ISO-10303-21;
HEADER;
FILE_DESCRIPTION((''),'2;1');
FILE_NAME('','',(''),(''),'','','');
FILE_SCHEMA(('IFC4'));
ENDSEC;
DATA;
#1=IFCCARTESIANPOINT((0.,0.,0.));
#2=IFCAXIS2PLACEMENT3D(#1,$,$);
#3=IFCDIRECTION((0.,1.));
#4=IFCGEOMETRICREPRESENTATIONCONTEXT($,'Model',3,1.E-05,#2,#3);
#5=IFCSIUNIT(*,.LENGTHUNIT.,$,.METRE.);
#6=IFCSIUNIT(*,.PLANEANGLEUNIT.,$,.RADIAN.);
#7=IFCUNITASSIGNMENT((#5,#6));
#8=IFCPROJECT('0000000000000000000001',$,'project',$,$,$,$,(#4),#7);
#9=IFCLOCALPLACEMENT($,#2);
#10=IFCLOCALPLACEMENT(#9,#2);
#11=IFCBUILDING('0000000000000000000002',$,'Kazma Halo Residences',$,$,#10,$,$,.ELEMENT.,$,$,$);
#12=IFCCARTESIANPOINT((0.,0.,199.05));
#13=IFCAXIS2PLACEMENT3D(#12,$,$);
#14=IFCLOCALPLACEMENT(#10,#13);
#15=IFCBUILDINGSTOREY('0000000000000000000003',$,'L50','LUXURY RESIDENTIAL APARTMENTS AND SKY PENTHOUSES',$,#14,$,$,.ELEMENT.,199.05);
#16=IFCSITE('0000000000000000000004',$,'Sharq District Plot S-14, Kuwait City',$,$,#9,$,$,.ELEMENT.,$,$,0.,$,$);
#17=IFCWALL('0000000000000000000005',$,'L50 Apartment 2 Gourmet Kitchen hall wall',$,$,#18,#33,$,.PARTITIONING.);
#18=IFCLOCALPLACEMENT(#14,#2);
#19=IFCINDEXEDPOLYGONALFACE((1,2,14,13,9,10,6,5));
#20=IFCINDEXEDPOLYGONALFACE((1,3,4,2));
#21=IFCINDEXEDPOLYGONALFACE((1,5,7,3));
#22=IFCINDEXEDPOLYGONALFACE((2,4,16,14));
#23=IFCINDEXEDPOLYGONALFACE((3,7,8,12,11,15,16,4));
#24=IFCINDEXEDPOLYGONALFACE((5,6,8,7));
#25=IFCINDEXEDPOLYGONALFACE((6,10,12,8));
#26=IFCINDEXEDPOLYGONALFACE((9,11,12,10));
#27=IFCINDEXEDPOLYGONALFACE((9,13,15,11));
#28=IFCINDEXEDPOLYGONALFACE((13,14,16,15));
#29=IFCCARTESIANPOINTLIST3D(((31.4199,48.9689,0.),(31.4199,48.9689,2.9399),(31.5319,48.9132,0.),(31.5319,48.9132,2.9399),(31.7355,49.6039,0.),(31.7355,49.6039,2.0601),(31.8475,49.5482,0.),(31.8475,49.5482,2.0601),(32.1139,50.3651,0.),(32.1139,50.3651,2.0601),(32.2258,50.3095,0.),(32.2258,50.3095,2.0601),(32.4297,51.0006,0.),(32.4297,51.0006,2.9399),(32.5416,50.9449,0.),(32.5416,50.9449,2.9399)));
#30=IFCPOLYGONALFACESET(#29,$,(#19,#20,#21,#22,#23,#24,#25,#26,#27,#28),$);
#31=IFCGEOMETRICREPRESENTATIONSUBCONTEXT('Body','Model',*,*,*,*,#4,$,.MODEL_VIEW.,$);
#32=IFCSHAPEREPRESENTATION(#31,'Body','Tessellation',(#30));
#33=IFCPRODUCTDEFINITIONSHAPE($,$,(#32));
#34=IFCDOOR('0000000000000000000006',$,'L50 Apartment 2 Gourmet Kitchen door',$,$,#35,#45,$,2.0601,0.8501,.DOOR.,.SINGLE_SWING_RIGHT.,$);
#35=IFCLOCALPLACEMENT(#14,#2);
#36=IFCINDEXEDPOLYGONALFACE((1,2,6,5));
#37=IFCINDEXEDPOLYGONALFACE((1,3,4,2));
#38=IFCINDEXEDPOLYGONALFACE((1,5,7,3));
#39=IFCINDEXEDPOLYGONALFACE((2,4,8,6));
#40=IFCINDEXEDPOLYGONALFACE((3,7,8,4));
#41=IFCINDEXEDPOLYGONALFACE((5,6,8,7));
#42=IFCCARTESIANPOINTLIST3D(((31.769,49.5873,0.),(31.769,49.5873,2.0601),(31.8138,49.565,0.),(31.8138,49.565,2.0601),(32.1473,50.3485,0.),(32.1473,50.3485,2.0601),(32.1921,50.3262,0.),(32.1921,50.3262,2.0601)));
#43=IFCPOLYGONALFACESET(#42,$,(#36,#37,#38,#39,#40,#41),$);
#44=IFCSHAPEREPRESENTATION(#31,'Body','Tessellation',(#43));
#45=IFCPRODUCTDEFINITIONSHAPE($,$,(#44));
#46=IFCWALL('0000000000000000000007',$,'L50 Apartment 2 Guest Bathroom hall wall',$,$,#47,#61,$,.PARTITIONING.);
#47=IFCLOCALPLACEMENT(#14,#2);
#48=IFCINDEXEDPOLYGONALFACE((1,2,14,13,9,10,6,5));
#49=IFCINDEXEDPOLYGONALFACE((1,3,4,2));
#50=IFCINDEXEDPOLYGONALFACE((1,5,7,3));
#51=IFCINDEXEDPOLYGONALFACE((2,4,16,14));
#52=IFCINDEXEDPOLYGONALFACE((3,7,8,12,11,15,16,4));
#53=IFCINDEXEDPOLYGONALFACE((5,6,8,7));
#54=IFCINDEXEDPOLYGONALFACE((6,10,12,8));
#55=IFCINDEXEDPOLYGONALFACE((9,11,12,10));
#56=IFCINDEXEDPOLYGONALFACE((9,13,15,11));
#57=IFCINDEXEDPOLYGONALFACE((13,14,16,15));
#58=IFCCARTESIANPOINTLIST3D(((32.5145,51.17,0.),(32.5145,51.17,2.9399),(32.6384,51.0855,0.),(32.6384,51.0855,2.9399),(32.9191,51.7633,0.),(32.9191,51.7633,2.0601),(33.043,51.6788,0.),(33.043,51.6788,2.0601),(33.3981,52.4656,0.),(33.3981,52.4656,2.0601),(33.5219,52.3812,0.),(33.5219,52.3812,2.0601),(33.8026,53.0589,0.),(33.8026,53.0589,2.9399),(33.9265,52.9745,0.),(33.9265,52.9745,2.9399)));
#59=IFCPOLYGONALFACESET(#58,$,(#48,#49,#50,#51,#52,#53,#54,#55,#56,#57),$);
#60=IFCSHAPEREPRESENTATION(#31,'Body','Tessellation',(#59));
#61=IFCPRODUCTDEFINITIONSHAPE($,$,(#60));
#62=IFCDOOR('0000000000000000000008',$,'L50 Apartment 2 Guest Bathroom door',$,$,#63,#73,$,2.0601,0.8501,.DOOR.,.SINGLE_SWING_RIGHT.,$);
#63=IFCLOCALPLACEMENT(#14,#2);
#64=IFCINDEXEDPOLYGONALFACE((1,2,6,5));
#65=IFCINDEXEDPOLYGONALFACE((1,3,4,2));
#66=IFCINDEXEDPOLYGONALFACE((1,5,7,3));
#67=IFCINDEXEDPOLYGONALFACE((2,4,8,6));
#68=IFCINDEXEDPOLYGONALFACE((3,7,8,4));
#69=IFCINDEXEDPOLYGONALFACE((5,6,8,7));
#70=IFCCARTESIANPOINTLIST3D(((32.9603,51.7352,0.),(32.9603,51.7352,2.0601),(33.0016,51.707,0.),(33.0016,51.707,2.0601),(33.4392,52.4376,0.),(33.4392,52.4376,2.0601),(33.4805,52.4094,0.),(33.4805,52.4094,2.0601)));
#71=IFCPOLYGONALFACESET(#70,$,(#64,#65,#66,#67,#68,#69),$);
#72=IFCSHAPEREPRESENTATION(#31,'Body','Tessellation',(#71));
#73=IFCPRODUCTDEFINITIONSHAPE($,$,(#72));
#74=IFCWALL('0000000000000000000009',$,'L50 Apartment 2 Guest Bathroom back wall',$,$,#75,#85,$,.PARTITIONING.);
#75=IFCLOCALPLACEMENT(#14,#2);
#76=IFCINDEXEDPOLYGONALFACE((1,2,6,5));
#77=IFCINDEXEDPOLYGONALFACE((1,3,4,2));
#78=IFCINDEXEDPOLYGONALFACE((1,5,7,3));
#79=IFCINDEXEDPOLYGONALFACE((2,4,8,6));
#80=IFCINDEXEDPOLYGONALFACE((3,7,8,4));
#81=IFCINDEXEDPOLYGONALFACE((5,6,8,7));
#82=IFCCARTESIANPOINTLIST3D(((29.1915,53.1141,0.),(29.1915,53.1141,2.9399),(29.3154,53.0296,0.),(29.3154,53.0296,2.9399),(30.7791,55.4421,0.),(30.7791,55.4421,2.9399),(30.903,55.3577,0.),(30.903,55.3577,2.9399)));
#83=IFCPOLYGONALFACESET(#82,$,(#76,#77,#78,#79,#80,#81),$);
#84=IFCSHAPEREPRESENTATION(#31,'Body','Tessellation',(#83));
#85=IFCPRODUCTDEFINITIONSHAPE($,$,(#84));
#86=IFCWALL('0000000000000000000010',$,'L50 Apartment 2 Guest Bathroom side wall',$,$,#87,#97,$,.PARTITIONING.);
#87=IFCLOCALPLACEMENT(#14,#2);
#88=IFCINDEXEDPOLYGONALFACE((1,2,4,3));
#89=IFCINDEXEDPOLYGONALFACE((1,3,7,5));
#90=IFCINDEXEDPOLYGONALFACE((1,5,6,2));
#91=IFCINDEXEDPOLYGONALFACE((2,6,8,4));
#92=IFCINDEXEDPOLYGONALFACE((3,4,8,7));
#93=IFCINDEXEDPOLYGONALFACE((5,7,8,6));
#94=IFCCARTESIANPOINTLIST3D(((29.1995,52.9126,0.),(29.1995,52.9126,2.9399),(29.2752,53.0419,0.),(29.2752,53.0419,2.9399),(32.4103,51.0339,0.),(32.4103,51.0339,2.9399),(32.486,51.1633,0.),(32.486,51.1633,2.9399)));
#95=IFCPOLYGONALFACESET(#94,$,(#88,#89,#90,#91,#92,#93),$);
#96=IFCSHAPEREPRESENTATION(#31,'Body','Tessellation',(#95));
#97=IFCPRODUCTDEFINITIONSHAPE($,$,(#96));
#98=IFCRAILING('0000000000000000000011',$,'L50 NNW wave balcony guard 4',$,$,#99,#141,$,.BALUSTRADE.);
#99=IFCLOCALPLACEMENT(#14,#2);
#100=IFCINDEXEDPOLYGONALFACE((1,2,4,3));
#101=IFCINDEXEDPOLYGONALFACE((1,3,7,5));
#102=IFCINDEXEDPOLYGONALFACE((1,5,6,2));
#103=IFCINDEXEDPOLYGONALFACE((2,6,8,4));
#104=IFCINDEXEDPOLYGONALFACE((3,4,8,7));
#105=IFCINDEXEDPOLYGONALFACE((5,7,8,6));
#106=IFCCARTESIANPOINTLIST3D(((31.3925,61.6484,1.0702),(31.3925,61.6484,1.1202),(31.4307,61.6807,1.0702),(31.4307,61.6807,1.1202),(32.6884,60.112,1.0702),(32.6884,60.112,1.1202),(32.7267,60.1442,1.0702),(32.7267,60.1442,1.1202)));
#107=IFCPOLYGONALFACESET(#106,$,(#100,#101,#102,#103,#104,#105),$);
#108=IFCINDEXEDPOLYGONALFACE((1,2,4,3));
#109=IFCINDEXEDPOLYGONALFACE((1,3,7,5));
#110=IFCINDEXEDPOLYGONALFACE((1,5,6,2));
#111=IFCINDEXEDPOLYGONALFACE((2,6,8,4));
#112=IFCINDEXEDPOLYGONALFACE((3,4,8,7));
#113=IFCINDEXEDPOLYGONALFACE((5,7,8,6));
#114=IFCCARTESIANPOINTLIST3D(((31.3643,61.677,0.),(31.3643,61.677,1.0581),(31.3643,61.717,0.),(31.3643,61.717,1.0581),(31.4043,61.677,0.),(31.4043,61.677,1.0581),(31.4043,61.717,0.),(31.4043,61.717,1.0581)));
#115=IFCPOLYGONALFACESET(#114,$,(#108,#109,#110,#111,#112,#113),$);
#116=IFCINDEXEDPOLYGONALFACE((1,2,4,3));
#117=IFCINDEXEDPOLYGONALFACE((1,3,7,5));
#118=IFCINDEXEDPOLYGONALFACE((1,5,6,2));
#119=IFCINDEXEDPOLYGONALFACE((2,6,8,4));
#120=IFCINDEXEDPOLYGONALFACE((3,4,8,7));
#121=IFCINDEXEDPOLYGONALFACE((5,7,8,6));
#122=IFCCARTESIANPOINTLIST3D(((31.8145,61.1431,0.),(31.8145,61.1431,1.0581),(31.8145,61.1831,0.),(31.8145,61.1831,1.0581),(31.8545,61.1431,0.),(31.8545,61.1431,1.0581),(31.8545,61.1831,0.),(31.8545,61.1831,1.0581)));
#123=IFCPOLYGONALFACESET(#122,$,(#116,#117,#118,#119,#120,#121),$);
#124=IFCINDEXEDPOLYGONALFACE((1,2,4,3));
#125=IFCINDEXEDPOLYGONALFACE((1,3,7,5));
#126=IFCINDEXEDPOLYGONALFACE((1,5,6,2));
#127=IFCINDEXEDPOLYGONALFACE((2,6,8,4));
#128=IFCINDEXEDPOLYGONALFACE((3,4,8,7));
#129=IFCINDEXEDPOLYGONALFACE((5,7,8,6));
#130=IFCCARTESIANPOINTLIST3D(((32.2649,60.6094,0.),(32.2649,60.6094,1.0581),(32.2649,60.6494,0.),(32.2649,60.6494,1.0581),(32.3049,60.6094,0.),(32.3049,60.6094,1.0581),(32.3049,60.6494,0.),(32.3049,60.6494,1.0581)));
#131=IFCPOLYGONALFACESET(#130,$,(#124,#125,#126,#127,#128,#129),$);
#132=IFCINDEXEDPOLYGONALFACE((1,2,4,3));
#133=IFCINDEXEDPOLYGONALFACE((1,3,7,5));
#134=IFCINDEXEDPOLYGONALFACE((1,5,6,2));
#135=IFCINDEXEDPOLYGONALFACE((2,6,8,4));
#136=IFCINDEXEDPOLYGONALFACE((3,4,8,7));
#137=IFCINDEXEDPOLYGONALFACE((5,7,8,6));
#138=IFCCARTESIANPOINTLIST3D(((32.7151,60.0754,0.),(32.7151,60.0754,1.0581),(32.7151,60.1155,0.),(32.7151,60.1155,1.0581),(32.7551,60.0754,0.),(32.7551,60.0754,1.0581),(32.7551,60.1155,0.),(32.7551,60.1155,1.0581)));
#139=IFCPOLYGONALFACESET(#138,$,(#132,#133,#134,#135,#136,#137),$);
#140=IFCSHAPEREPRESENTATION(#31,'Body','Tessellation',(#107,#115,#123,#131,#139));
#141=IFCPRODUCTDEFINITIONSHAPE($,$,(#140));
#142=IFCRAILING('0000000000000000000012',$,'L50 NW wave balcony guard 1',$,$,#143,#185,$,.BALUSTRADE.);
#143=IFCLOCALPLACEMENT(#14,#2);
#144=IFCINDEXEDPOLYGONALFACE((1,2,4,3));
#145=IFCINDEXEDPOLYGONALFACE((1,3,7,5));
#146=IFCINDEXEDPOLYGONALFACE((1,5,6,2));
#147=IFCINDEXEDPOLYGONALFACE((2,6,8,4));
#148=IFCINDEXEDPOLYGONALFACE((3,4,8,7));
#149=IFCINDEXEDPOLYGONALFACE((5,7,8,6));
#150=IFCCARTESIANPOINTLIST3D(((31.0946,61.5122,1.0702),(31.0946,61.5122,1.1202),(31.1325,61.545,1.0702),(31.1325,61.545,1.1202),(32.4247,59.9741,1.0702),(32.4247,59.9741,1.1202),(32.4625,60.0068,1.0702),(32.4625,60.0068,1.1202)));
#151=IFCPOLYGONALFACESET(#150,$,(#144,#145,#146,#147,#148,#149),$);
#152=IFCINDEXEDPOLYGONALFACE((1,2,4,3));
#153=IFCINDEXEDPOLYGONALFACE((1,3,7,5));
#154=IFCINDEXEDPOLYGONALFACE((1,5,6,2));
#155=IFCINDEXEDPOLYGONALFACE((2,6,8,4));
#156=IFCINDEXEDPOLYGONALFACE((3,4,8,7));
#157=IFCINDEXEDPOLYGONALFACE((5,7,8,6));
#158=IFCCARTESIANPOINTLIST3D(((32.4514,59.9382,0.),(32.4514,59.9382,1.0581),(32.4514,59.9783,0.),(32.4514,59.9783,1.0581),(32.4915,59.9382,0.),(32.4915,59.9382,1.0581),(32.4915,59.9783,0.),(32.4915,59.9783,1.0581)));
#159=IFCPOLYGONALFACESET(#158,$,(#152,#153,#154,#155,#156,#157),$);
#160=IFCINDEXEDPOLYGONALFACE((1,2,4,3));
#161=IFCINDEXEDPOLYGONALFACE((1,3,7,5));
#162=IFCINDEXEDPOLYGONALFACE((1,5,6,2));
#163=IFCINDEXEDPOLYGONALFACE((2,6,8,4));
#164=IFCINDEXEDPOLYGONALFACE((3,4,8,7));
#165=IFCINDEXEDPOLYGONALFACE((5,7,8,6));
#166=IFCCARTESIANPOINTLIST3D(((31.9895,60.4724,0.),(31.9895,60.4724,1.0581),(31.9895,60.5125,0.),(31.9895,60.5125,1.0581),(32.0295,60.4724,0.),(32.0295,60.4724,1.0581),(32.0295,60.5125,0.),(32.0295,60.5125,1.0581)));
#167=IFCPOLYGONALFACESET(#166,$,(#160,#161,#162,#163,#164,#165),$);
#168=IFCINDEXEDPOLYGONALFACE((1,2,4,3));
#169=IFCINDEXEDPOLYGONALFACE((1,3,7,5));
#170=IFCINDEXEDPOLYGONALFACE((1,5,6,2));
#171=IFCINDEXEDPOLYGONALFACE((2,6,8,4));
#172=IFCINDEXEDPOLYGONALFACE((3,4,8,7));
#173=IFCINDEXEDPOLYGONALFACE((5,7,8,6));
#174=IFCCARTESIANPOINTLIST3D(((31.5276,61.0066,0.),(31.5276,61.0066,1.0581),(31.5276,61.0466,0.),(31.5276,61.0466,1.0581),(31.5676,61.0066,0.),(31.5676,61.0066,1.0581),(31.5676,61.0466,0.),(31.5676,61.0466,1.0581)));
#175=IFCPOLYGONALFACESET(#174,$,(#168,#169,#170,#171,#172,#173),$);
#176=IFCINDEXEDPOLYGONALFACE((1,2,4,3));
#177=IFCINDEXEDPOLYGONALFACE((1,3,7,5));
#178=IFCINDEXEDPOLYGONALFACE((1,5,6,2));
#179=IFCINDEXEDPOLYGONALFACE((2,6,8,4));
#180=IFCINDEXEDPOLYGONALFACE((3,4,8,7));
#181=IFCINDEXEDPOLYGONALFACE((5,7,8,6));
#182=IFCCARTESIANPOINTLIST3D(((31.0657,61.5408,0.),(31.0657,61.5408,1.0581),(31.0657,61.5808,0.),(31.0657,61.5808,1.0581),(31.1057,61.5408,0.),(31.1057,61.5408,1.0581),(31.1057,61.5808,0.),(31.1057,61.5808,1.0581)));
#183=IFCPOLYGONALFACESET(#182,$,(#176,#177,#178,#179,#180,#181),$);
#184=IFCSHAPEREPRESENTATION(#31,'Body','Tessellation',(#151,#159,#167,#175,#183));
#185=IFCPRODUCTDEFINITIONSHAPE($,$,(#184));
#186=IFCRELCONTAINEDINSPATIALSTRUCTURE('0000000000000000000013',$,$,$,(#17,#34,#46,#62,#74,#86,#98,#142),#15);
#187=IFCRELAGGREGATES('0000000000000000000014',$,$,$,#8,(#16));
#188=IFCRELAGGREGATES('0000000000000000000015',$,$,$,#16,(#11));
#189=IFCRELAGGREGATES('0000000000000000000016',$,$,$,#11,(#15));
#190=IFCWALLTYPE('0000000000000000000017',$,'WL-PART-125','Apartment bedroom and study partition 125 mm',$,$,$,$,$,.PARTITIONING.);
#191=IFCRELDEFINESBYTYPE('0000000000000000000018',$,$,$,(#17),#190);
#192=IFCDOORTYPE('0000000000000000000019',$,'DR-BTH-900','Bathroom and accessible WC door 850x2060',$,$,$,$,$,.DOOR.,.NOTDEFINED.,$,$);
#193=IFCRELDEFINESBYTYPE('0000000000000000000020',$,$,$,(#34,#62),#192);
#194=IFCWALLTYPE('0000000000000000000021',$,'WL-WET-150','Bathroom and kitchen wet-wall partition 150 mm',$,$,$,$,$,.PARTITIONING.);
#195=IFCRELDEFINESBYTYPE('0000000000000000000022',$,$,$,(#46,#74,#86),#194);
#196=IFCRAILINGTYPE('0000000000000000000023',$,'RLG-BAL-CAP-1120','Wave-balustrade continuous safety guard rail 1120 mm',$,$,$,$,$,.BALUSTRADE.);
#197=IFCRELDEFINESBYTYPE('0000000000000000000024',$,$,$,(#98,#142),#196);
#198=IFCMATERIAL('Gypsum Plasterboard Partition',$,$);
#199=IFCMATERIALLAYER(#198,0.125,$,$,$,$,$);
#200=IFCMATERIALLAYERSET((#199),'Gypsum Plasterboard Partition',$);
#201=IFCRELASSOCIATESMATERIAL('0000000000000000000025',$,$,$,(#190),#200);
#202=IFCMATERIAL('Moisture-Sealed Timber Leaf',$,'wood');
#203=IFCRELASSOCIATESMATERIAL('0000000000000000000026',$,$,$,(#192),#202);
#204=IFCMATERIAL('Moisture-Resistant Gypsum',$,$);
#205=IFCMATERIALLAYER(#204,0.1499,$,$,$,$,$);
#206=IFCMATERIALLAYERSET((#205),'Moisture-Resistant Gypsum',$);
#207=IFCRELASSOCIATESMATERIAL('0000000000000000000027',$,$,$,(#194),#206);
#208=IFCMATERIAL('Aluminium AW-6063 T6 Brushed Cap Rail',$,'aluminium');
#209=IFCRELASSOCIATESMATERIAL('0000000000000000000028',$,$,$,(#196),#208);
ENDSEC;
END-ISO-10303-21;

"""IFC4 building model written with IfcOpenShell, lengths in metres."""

from ifc_helpers import new_model, si_unit, direction, frame, frame_2d, origin, origin_2d, place, context, subcontext, project, spatial, rectangle, extrude, material, layer, layer_set, type_object, element, fill, save


model = new_model("IFC4")

# Units and contexts
model_context = context("Model", 3, precision=1e-05, world=origin(), true_north=direction((0.0, 1.0)))
body_context = subcontext(model_context, "Body", "Model", "MODEL_VIEW")
ifc_project = project(units=[si_unit("LENGTHUNIT", "METRE"), si_unit("PLANEANGLEUNIT", "RADIAN")], contexts=[model_context])

# Site, building, storey
site_placement = place(None, origin())
site = spatial("IfcSite", under=ifc_project, at=site_placement, Name="Sharq District Plot S-14, Kuwait City", CompositionType="ELEMENT", RefElevation=0.0)
building_placement = place(site_placement, origin())
building = spatial("IfcBuilding", under=site, at=building_placement, Name="Kazma Halo Residences", CompositionType="ELEMENT")
storey_placement = place(building_placement, frame((0.0, 0.0, 199.05)))
storey = spatial("IfcBuildingStorey", under=building, at=storey_placement, Name="L50", Description="LUXURY RESIDENTIAL APARTMENTS AND SKY PENTHOUSES", CompositionType="ELEMENT", Elevation=199.05)

# Shared definitions
ifc_material_1 = material(Name="Gypsum Plasterboard Partition")
ifc_layer_1 = layer(ifc_material_1, 0.125)
ifc_layer_set_1 = layer_set([ifc_layer_1], Name="Gypsum Plasterboard Partition")
wall_type_1 = type_object("IfcWallType", Name="WL-PART-125", Description="Apartment bedroom and study partition 125 mm", PredefinedType="PARTITIONING", material=ifc_layer_set_1)

# Walls, openings, doors
ifc_material_2 = material(Name="Moisture-Sealed Timber Leaf", Category="wood")
door_type_1 = type_object("IfcDoorType", Name="DR-BTH-900", Description="Bathroom and accessible WC door 850x2060", OperationType="NOTDEFINED", PredefinedType="DOOR", material=ifc_material_2)
wall_1_placement = place(storey_placement, frame((32.4856, 50.9727, 0.0), z_axis=(0.0, 0.0, 1.0), x_axis=(-0.44506, -0.895501, 0.0)))
wall_1 = element("IfcWall", 1, at=wall_1_placement, inside=storey, type_object=wall_type_1, Name="L50 Apartment 2 Gourmet Kitchen hall wall", PredefinedType="PARTITIONING", context=body_context, shape_type="SweptSolid", body=[
    extrude(rectangle(XDim=2.2688, YDim=0.125, at=frame_2d((1.1343, 0.0))), origin(), (0.0, 0.0, 1.0), 2.9399),
])
opening_1_placement = place(wall_1_placement, frame((0.7095, 0.0, 0.0)))
opening_1 = element("IfcOpeningElement", 2, at=opening_1_placement, cuts=wall_1, PredefinedType="OPENING", context=body_context, shape_type="SweptSolid", body=[
    extrude(rectangle(XDim=0.8501, YDim=2.0601, at=frame_2d((0.425, 1.03))), frame((0.0, 0.0725, 0.0), z_axis=(0.0, -1.0, 0.0), x_axis=(1.0, 0.0, 0.0)), (0.0, 0.0, 1.0), 0.145),
])
door_1_placement = place(opening_1_placement, origin())
door_1 = element("IfcDoor", 3, at=door_1_placement, inside=storey, type_object=door_type_1, Name="L50 Apartment 2 Gourmet Kitchen door", OperationType="SINGLE_SWING_RIGHT", OverallHeight=2.0601, OverallWidth=0.8501, PredefinedType="DOOR", context=body_context, shape_type="SweptSolid", body=[
    extrude(rectangle(XDim=0.8501, YDim=2.0601, at=frame_2d((0.425, 1.03))), frame((0.0, 0.0249, 0.0), z_axis=(0.0, -1.0, 0.0), x_axis=(1.0, 0.0, 0.0)), (0.0, 0.0, 1.0), 0.05),
])
fill(opening_1, door_1)
ifc_material_3 = material(Name="Moisture-Resistant Gypsum")
ifc_layer_2 = layer(ifc_material_3, 0.1499)
ifc_layer_set_2 = layer_set([ifc_layer_2], Name="Moisture-Resistant Gypsum")
wall_type_2 = type_object("IfcWallType", Name="WL-WET-150", Description="Bathroom and kitchen wet-wall partition 150 mm", PredefinedType="PARTITIONING", material=ifc_layer_set_2)
wall_2_placement = place(storey_placement, frame((33.8645, 53.0166, 0.0), z_axis=(0.0, 0.0, 1.0), x_axis=(-0.563393, -0.826189, 0.0)))
wall_2 = element("IfcWall", 4, at=wall_2_placement, inside=storey, type_object=wall_type_2, Name="L50 Apartment 2 Guest Bathroom hall wall", PredefinedType="PARTITIONING", context=body_context, shape_type="SweptSolid", body=[
    extrude(rectangle(XDim=2.2864, YDim=0.1499, at=frame_2d((1.1431, 0.0))), origin(), (0.0, 0.0, 1.0), 2.9399),
])
opening_2_placement = place(wall_2_placement, frame((0.718, 0.0, 0.0)))
opening_2 = element("IfcOpeningElement", 5, at=opening_2_placement, cuts=wall_2, PredefinedType="OPENING", context=body_context, shape_type="SweptSolid", body=[
    extrude(rectangle(XDim=0.8501, YDim=2.0601, at=frame_2d((0.425, 1.03))), frame((0.0, 0.085, 0.0), z_axis=(0.0, -1.0, 0.0), x_axis=(1.0, 0.0, 0.0)), (0.0, 0.0, 1.0), 0.1699),
])
door_2_placement = place(opening_2_placement, origin())
door_2 = element("IfcDoor", 6, at=door_2_placement, inside=storey, type_object=door_type_1, Name="L50 Apartment 2 Guest Bathroom door", OperationType="SINGLE_SWING_RIGHT", OverallHeight=2.0601, OverallWidth=0.8501, PredefinedType="DOOR", context=body_context, shape_type="SweptSolid", body=[
    extrude(rectangle(XDim=0.8501, YDim=2.0601, at=frame_2d((0.425, 1.03))), frame((0.0, 0.0249, 0.0), z_axis=(0.0, -1.0, 0.0), x_axis=(1.0, 0.0, 0.0)), (0.0, 0.0, 1.0), 0.05),
])
fill(opening_2, door_2)

# Walls
wall_3_placement = place(storey_placement, frame((30.8411, 55.3999, 0.0), z_axis=(0.0, 0.0, 1.0), x_axis=(-0.563407, -0.82618, 0.0)))
element("IfcWall", 7, at=wall_3_placement, inside=storey, type_object=wall_type_2, Name="L50 Apartment 2 Guest Bathroom back wall", PredefinedType="PARTITIONING", context=body_context, shape_type="SweptSolid", body=[
    extrude(rectangle(XDim=2.8179, YDim=0.1499, at=frame_2d((1.4089, 0.0))), origin(), (0.0, 0.0, 1.0), 2.9399),
])
wall_4_placement = place(storey_placement, frame((32.448, 51.0986, 0.0), z_axis=(0.0, 0.0, 1.0), x_axis=(-0.863104, 0.505025, 0.0)))
element("IfcWall", 8, at=wall_4_placement, inside=storey, type_object=wall_type_2, Name="L50 Apartment 2 Guest Bathroom side wall", PredefinedType="PARTITIONING", context=body_context, shape_type="SweptSolid", body=[
    extrude(rectangle(XDim=3.72, YDim=0.1499, at=frame_2d((1.8599, 0.0))), origin(), (0.0, 0.0, 1.0), 2.9399),
])

# Railings
ifc_material_4 = material(Name="Aluminium AW-6063 T6 Brushed Cap Rail", Category="aluminium")
railing_type = type_object("IfcRailingType", Name="RLG-BAL-CAP-1120", Description="Wave-balustrade continuous safety guard rail 1120 mm", PredefinedType="BALUSTRADE", material=ifc_material_4)
railing_1_placement = place(storey_placement, frame((31.3843, 61.697, 0.0)))
element("IfcRailing", 9, at=railing_1_placement, inside=storey, type_object=railing_type, Name="L50 NNW wave balcony guard 4", PredefinedType="BALUSTRADE", context=body_context, shape_type="SweptSolid", body=[
    extrude(rectangle(XDim=0.05, YDim=0.05, at=origin_2d()), frame((0.0273, -0.0325, 1.0952), z_axis=(0.644735, -0.764406, 0.0), x_axis=(0.764406, 0.644735, 0.0)), (0.0, 0.0, 1.0), 2.01),
    extrude(rectangle(XDim=0.04, YDim=0.04, at=origin_2d()), origin(), (0.0, 0.0, 1.0), 1.0581),
    extrude(rectangle(XDim=0.04, YDim=0.04, at=origin_2d()), frame((0.4502, -0.5339, 0.0)), (0.0, 0.0, 1.0), 1.0581),
    extrude(rectangle(XDim=0.04, YDim=0.04, at=origin_2d()), frame((0.9006, -1.0676, 0.0)), (0.0, 0.0, 1.0), 1.0581),
    extrude(rectangle(XDim=0.04, YDim=0.04, at=origin_2d()), frame((1.3508, -1.6016, 0.0)), (0.0, 0.0, 1.0), 1.0581),
])
railing_2_placement = place(storey_placement, frame((32.4714, 59.9583, 0.0)))
element("IfcRailing", 10, at=railing_2_placement, inside=storey, type_object=railing_type, Name="L50 NW wave balcony guard 1", PredefinedType="BALUSTRADE", context=body_context, shape_type="SweptSolid", body=[
    extrude(rectangle(XDim=0.05, YDim=0.05, at=origin_2d()), frame((-0.0278, 0.0322, 1.0952), z_axis=(-0.654088, 0.756419, 0.0), x_axis=(-0.756419, -0.654088, 0.0)), (0.0, 0.0, 1.0), 2.0334),
    extrude(rectangle(XDim=0.04, YDim=0.04, at=origin_2d()), origin(), (0.0, 0.0, 1.0), 1.0581),
    extrude(rectangle(XDim=0.04, YDim=0.04, at=origin_2d()), frame((-0.4619, 0.5342, 0.0)), (0.0, 0.0, 1.0), 1.0581),
    extrude(rectangle(XDim=0.04, YDim=0.04, at=origin_2d()), frame((-0.9238, 1.0684, 0.0)), (0.0, 0.0, 1.0), 1.0581),
    extrude(rectangle(XDim=0.04, YDim=0.04, at=origin_2d()), frame((-1.3857, 1.6025, 0.0)), (0.0, 0.0, 1.0), 1.0581),
])

save(model, "model.ifc")
